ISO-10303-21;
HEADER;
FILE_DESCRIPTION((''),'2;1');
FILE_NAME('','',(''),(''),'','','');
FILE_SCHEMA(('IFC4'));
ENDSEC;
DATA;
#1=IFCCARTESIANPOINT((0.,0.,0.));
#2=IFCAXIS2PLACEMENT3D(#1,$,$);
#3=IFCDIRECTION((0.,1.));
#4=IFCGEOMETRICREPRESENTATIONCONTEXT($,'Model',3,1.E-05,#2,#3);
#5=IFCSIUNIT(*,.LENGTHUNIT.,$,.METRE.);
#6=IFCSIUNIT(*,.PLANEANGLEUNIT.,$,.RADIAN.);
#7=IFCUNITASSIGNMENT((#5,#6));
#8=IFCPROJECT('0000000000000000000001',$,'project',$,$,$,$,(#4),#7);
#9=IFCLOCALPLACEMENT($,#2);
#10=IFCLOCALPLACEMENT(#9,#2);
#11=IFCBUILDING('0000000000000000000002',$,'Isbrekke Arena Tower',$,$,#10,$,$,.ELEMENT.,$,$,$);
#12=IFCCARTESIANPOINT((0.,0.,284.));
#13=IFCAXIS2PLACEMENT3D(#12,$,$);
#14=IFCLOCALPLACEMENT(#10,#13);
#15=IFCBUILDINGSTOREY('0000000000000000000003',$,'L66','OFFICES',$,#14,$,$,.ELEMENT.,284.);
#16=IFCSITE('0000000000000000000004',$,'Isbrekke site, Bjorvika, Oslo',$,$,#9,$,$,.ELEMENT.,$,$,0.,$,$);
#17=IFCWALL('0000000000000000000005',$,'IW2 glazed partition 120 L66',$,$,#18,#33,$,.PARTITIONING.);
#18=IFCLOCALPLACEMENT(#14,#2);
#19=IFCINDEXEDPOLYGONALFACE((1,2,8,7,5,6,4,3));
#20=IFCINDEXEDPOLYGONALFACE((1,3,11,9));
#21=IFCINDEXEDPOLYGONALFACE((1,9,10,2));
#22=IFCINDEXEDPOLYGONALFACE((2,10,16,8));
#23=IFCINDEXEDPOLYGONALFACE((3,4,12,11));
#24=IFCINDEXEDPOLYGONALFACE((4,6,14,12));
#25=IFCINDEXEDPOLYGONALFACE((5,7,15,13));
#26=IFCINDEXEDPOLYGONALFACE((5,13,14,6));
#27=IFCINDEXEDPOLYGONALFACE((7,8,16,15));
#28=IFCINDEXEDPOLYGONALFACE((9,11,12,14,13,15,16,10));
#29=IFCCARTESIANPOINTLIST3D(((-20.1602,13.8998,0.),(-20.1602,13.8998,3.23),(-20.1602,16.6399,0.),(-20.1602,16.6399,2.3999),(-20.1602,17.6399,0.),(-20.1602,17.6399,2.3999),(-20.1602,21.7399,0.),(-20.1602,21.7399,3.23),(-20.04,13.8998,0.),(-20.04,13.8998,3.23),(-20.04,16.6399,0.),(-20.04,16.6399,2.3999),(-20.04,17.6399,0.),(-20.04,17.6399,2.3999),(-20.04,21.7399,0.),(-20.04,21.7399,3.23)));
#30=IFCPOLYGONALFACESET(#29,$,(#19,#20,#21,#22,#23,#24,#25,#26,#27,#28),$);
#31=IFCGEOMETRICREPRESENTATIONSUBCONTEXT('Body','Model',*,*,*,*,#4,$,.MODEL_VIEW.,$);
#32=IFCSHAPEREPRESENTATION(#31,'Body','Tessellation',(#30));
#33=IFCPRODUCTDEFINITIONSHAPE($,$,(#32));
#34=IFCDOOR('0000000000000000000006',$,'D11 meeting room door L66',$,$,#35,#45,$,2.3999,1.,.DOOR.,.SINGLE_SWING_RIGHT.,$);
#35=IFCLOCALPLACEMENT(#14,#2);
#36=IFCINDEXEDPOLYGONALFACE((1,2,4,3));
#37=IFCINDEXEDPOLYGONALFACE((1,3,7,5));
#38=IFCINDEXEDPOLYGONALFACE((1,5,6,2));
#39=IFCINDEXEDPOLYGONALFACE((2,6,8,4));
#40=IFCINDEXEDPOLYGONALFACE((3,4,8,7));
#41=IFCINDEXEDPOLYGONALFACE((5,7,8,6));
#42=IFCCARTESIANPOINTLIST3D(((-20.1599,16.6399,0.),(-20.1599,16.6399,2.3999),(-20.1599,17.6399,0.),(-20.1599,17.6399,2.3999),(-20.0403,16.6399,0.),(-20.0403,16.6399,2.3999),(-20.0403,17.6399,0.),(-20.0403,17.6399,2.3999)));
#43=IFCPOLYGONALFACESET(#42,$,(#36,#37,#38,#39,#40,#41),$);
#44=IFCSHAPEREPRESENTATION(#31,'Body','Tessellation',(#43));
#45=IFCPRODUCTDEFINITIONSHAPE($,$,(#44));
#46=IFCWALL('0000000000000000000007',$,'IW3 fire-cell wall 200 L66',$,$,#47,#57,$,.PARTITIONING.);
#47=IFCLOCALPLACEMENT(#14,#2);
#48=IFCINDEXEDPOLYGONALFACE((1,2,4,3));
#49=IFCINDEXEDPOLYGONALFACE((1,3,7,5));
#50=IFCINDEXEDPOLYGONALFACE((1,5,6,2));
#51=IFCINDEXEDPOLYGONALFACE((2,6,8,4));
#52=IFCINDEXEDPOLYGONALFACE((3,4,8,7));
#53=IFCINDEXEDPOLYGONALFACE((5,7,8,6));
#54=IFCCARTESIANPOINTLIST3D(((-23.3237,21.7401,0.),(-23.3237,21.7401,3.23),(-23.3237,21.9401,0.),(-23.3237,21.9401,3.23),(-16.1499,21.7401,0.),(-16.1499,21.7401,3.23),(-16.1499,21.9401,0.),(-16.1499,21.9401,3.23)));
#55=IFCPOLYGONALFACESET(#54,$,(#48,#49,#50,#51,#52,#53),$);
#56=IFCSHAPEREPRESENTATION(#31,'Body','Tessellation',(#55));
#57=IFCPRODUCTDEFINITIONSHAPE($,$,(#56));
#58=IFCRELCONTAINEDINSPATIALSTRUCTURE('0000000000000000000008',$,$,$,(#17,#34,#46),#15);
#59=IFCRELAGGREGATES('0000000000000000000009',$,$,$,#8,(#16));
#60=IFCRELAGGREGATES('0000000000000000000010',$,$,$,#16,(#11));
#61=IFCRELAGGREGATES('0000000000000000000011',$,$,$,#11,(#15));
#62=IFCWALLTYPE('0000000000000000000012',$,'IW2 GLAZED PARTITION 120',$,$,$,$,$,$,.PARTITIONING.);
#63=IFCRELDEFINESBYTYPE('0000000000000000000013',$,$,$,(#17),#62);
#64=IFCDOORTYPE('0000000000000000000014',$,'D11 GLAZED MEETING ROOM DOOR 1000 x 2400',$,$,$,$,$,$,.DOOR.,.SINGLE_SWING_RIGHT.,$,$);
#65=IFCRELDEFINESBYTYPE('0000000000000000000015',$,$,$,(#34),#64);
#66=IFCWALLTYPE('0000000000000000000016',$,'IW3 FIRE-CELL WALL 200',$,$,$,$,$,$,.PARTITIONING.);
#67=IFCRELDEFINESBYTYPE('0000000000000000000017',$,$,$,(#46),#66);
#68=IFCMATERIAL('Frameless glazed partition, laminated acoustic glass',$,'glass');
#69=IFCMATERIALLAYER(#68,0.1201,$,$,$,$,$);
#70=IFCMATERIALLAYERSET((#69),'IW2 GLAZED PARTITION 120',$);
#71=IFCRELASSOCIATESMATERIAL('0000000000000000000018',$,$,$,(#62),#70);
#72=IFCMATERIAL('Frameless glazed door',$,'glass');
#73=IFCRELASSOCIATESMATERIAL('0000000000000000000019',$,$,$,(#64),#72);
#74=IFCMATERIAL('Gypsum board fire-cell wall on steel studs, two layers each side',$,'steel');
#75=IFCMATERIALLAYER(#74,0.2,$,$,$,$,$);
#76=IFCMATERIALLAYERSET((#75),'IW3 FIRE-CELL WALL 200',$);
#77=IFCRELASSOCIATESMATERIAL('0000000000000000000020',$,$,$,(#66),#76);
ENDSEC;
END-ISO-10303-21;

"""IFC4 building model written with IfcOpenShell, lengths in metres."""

from ifc_helpers import new_model, si_unit, direction, frame, frame_2d, origin, place, context, subcontext, project, spatial, rectangle, extrude, material, layer, layer_set, type_object, element, fill, save


model = new_model("IFC4")

# Units and contexts
model_context = context("Model", 3, precision=1e-05, world=origin(), true_north=direction((0.0, 1.0)))
body_context = subcontext(model_context, "Body", "Model", "MODEL_VIEW")
ifc_project = project(units=[si_unit("LENGTHUNIT", "METRE"), si_unit("PLANEANGLEUNIT", "RADIAN")], contexts=[model_context])

# Site, building, storey
site_placement = place(None, origin())
site = spatial("IfcSite", under=ifc_project, at=site_placement, Name="Isbrekke site, Bjorvika, Oslo", CompositionType="ELEMENT", RefElevation=0.0)
building_placement = place(site_placement, origin())
building = spatial("IfcBuilding", under=site, at=building_placement, Name="Isbrekke Arena Tower", CompositionType="ELEMENT")
storey_placement = place(building_placement, frame((0.0, 0.0, 284.0)))
storey = spatial("IfcBuildingStorey", under=building, at=storey_placement, Name="L66", Description="OFFICES", CompositionType="ELEMENT", Elevation=284.0)

# Shared definitions
ifc_material_1 = material(Name="Frameless glazed partition, laminated acoustic glass", Category="glass")
ifc_layer_1 = layer(ifc_material_1, 0.1201)
ifc_layer_set_1 = layer_set([ifc_layer_1], Name="IW2 GLAZED PARTITION 120")
wall_type_1 = type_object("IfcWallType", Name="IW2 GLAZED PARTITION 120", PredefinedType="PARTITIONING", material=ifc_layer_set_1)

# Wall, opening, door
wall_1_placement = place(storey_placement, frame((-20.1001, 13.8999, 0.0), z_axis=(0.0, 0.0, 1.0), x_axis=(0.0, 1.0, 0.0)))
wall_1 = element("IfcWall", 1, at=wall_1_placement, inside=storey, type_object=wall_type_1, Name="IW2 glazed partition 120 L66", PredefinedType="PARTITIONING", context=body_context, shape_type="SweptSolid", body=[
    extrude(rectangle(XDim=7.8401, YDim=0.1201, at=frame_2d((3.9199, 0.0))), origin(), (0.0, 0.0, 1.0), 3.23),
])
opening_1_placement = place(wall_1_placement, frame((2.74, 0.0, 0.0)))
opening_1 = element("IfcOpeningElement", 2, at=opening_1_placement, cuts=wall_1, PredefinedType="OPENING", context=body_context, shape_type="SweptSolid", body=[
    extrude(rectangle(XDim=1.0, YDim=2.3999, at=frame_2d((0.5, 1.2))), frame((0.0, 0.075, 0.0), z_axis=(0.0, -1.0, 0.0), x_axis=(1.0, 0.0, 0.0)), (0.0, 0.0, 1.0), 0.1499),
])
ifc_material_2 = material(Name="Frameless glazed door", Category="glass")
door_type_1 = type_object("IfcDoorType", Name="D11 GLAZED MEETING ROOM DOOR 1000 x 2400", OperationType="SINGLE_SWING_RIGHT", PredefinedType="DOOR", material=ifc_material_2)
door_1_placement = place(opening_1_placement, origin())
door_1 = element("IfcDoor", 3, at=door_1_placement, inside=storey, type_object=door_type_1, Name="D11 meeting room door L66", OperationType="SINGLE_SWING_RIGHT", OverallHeight=2.3999, OverallWidth=1.0, PredefinedType="DOOR", context=body_context, shape_type="SweptSolid", body=[
    extrude(rectangle(XDim=1.0, YDim=2.3999, at=frame_2d((0.5, 1.2))), frame((0.0, 0.0598, 0.0), z_axis=(0.0, -1.0, 0.0), x_axis=(1.0, 0.0, 0.0)), (0.0, 0.0, 1.0), 0.1196),
])
fill(opening_1, door_1)

# Wall
ifc_material_3 = material(Name="Gypsum board fire-cell wall on steel studs, two layers each side", Category="steel")
ifc_layer_2 = layer(ifc_material_3, 0.2)
ifc_layer_set_2 = layer_set([ifc_layer_2], Name="IW3 FIRE-CELL WALL 200")
wall_type_2 = type_object("IfcWallType", Name="IW3 FIRE-CELL WALL 200", PredefinedType="PARTITIONING", material=ifc_layer_set_2)
wall_2_placement = place(storey_placement, frame((-23.3237, 21.8401, 0.0), z_axis=(0.0, 0.0, 1.0), x_axis=(1.0, 0.0, 0.0)))
element("IfcWall", 4, at=wall_2_placement, inside=storey, type_object=wall_type_2, Name="IW3 fire-cell wall 200 L66", PredefinedType="PARTITIONING", context=body_context, shape_type="SweptSolid", body=[
    extrude(rectangle(XDim=7.1738, YDim=0.2, at=frame_2d((3.5869, 0.0))), origin(), (0.0, 0.0, 1.0), 3.23),
])

save(model, "model.ifc")
